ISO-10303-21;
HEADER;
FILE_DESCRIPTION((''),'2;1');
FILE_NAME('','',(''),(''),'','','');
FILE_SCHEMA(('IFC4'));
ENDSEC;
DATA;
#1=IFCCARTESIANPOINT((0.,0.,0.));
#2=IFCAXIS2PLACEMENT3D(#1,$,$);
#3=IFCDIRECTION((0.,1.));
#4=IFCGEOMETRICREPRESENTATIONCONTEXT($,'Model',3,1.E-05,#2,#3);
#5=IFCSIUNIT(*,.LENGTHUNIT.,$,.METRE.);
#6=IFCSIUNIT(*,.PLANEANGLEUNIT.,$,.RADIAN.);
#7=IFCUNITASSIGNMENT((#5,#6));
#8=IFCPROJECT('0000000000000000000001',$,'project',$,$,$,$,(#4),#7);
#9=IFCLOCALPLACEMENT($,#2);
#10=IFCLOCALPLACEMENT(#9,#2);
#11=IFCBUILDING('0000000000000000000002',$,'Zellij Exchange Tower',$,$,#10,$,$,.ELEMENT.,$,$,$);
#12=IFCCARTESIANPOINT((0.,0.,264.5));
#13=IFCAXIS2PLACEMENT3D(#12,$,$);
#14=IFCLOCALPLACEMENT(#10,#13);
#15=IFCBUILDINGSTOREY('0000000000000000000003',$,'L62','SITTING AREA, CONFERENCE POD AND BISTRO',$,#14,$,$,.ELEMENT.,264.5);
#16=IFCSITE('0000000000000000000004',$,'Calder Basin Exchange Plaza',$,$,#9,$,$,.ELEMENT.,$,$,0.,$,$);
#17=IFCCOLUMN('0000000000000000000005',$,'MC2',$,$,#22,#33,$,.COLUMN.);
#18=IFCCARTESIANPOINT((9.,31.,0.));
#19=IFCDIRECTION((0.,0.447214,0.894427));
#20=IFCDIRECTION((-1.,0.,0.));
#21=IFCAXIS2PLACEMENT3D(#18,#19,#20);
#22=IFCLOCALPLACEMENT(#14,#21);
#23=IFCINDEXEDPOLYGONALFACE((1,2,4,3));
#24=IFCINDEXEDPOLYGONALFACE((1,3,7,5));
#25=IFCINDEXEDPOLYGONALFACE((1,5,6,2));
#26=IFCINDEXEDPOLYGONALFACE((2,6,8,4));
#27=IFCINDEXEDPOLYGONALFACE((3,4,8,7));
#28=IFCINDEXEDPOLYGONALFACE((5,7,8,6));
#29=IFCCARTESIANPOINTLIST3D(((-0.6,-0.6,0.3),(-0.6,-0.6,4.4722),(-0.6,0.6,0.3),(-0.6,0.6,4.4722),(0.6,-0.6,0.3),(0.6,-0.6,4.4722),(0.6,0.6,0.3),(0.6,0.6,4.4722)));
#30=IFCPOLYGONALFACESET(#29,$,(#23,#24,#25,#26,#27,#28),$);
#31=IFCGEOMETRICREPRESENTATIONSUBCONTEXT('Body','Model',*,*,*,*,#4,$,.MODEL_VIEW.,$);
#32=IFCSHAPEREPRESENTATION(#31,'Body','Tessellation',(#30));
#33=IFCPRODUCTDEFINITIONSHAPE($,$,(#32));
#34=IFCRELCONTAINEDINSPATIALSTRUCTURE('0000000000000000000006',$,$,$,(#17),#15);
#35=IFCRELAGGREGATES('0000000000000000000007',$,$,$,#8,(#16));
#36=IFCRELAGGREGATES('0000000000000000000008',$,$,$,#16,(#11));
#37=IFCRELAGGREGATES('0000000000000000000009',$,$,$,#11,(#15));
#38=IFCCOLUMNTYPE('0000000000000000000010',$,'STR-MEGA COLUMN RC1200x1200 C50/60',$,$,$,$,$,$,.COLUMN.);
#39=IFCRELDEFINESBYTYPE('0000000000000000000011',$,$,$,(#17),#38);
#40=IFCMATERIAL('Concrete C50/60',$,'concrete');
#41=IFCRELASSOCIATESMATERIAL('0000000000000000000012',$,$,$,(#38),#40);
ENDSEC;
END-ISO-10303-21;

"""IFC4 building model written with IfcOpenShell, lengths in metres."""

from ifc_helpers import new_model, si_unit, direction, frame, origin, origin_2d, place, context, subcontext, project, spatial, rectangle, extrude, clip, halfspace, material, material_profile, profile_set, type_object, element, save


model = new_model("IFC4")

# Units and contexts
model_context = context("Model", 3, precision=1e-05, world=origin(), true_north=direction((0.0, 1.0)))
body_context = subcontext(model_context, "Body", "Model", "MODEL_VIEW")
ifc_project = project(units=[si_unit("LENGTHUNIT", "METRE"), si_unit("PLANEANGLEUNIT", "RADIAN")], contexts=[model_context])

# Site, building, storey
site_placement = place(None, origin())
site = spatial("IfcSite", under=ifc_project, at=site_placement, Name="Calder Basin Exchange Plaza", CompositionType="ELEMENT", RefElevation=0.0)
building_placement = place(site_placement, origin())
building = spatial("IfcBuilding", under=site, at=building_placement, Name="Zellij Exchange Tower", CompositionType="ELEMENT")
storey_placement = place(building_placement, frame((0.0, 0.0, 264.5)))
storey = spatial("IfcBuildingStorey", under=building, at=storey_placement, Name="L62", Description="SITTING AREA, CONFERENCE POD AND BISTRO", CompositionType="ELEMENT", Elevation=264.5)

# Column
ifc_material_1 = material(Name="Concrete C50/60", Category="concrete")
ifc_material_profile_1 = material_profile(ifc_material_1, rectangle(XDim=1.2, YDim=1.2, at=origin_2d()), Name="STR-MEGA COLUMN RC1200x1200 C50/60")
ifc_profile_set_1 = profile_set([ifc_material_profile_1], Name="Concrete C50/60")
column_type_1 = type_object("IfcColumnType", Name="STR-MEGA COLUMN RC1200x1200 C50/60", PredefinedType="COLUMN", material=ifc_profile_set_1)
column_placement = place(storey_placement, frame((9.0, 31.0, 0.0), z_axis=(0.0, 0.447214, 0.894427), x_axis=(-1.0, 0.0, 0.0)))
element("IfcColumn", 1, at=column_placement, inside=storey, type_object=column_type_1, Name="MC2", PredefinedType="COLUMN", context=body_context, shape_type="Clipping", body=[
    clip(extrude(rectangle(XDim=1.2, YDim=1.2, at=origin_2d()), origin(), (0.0, 0.0, 1.0), 4.4722), halfspace(frame((0.0, 0.0, 0.3)), True)),
])

save(model, "model.ifc")
